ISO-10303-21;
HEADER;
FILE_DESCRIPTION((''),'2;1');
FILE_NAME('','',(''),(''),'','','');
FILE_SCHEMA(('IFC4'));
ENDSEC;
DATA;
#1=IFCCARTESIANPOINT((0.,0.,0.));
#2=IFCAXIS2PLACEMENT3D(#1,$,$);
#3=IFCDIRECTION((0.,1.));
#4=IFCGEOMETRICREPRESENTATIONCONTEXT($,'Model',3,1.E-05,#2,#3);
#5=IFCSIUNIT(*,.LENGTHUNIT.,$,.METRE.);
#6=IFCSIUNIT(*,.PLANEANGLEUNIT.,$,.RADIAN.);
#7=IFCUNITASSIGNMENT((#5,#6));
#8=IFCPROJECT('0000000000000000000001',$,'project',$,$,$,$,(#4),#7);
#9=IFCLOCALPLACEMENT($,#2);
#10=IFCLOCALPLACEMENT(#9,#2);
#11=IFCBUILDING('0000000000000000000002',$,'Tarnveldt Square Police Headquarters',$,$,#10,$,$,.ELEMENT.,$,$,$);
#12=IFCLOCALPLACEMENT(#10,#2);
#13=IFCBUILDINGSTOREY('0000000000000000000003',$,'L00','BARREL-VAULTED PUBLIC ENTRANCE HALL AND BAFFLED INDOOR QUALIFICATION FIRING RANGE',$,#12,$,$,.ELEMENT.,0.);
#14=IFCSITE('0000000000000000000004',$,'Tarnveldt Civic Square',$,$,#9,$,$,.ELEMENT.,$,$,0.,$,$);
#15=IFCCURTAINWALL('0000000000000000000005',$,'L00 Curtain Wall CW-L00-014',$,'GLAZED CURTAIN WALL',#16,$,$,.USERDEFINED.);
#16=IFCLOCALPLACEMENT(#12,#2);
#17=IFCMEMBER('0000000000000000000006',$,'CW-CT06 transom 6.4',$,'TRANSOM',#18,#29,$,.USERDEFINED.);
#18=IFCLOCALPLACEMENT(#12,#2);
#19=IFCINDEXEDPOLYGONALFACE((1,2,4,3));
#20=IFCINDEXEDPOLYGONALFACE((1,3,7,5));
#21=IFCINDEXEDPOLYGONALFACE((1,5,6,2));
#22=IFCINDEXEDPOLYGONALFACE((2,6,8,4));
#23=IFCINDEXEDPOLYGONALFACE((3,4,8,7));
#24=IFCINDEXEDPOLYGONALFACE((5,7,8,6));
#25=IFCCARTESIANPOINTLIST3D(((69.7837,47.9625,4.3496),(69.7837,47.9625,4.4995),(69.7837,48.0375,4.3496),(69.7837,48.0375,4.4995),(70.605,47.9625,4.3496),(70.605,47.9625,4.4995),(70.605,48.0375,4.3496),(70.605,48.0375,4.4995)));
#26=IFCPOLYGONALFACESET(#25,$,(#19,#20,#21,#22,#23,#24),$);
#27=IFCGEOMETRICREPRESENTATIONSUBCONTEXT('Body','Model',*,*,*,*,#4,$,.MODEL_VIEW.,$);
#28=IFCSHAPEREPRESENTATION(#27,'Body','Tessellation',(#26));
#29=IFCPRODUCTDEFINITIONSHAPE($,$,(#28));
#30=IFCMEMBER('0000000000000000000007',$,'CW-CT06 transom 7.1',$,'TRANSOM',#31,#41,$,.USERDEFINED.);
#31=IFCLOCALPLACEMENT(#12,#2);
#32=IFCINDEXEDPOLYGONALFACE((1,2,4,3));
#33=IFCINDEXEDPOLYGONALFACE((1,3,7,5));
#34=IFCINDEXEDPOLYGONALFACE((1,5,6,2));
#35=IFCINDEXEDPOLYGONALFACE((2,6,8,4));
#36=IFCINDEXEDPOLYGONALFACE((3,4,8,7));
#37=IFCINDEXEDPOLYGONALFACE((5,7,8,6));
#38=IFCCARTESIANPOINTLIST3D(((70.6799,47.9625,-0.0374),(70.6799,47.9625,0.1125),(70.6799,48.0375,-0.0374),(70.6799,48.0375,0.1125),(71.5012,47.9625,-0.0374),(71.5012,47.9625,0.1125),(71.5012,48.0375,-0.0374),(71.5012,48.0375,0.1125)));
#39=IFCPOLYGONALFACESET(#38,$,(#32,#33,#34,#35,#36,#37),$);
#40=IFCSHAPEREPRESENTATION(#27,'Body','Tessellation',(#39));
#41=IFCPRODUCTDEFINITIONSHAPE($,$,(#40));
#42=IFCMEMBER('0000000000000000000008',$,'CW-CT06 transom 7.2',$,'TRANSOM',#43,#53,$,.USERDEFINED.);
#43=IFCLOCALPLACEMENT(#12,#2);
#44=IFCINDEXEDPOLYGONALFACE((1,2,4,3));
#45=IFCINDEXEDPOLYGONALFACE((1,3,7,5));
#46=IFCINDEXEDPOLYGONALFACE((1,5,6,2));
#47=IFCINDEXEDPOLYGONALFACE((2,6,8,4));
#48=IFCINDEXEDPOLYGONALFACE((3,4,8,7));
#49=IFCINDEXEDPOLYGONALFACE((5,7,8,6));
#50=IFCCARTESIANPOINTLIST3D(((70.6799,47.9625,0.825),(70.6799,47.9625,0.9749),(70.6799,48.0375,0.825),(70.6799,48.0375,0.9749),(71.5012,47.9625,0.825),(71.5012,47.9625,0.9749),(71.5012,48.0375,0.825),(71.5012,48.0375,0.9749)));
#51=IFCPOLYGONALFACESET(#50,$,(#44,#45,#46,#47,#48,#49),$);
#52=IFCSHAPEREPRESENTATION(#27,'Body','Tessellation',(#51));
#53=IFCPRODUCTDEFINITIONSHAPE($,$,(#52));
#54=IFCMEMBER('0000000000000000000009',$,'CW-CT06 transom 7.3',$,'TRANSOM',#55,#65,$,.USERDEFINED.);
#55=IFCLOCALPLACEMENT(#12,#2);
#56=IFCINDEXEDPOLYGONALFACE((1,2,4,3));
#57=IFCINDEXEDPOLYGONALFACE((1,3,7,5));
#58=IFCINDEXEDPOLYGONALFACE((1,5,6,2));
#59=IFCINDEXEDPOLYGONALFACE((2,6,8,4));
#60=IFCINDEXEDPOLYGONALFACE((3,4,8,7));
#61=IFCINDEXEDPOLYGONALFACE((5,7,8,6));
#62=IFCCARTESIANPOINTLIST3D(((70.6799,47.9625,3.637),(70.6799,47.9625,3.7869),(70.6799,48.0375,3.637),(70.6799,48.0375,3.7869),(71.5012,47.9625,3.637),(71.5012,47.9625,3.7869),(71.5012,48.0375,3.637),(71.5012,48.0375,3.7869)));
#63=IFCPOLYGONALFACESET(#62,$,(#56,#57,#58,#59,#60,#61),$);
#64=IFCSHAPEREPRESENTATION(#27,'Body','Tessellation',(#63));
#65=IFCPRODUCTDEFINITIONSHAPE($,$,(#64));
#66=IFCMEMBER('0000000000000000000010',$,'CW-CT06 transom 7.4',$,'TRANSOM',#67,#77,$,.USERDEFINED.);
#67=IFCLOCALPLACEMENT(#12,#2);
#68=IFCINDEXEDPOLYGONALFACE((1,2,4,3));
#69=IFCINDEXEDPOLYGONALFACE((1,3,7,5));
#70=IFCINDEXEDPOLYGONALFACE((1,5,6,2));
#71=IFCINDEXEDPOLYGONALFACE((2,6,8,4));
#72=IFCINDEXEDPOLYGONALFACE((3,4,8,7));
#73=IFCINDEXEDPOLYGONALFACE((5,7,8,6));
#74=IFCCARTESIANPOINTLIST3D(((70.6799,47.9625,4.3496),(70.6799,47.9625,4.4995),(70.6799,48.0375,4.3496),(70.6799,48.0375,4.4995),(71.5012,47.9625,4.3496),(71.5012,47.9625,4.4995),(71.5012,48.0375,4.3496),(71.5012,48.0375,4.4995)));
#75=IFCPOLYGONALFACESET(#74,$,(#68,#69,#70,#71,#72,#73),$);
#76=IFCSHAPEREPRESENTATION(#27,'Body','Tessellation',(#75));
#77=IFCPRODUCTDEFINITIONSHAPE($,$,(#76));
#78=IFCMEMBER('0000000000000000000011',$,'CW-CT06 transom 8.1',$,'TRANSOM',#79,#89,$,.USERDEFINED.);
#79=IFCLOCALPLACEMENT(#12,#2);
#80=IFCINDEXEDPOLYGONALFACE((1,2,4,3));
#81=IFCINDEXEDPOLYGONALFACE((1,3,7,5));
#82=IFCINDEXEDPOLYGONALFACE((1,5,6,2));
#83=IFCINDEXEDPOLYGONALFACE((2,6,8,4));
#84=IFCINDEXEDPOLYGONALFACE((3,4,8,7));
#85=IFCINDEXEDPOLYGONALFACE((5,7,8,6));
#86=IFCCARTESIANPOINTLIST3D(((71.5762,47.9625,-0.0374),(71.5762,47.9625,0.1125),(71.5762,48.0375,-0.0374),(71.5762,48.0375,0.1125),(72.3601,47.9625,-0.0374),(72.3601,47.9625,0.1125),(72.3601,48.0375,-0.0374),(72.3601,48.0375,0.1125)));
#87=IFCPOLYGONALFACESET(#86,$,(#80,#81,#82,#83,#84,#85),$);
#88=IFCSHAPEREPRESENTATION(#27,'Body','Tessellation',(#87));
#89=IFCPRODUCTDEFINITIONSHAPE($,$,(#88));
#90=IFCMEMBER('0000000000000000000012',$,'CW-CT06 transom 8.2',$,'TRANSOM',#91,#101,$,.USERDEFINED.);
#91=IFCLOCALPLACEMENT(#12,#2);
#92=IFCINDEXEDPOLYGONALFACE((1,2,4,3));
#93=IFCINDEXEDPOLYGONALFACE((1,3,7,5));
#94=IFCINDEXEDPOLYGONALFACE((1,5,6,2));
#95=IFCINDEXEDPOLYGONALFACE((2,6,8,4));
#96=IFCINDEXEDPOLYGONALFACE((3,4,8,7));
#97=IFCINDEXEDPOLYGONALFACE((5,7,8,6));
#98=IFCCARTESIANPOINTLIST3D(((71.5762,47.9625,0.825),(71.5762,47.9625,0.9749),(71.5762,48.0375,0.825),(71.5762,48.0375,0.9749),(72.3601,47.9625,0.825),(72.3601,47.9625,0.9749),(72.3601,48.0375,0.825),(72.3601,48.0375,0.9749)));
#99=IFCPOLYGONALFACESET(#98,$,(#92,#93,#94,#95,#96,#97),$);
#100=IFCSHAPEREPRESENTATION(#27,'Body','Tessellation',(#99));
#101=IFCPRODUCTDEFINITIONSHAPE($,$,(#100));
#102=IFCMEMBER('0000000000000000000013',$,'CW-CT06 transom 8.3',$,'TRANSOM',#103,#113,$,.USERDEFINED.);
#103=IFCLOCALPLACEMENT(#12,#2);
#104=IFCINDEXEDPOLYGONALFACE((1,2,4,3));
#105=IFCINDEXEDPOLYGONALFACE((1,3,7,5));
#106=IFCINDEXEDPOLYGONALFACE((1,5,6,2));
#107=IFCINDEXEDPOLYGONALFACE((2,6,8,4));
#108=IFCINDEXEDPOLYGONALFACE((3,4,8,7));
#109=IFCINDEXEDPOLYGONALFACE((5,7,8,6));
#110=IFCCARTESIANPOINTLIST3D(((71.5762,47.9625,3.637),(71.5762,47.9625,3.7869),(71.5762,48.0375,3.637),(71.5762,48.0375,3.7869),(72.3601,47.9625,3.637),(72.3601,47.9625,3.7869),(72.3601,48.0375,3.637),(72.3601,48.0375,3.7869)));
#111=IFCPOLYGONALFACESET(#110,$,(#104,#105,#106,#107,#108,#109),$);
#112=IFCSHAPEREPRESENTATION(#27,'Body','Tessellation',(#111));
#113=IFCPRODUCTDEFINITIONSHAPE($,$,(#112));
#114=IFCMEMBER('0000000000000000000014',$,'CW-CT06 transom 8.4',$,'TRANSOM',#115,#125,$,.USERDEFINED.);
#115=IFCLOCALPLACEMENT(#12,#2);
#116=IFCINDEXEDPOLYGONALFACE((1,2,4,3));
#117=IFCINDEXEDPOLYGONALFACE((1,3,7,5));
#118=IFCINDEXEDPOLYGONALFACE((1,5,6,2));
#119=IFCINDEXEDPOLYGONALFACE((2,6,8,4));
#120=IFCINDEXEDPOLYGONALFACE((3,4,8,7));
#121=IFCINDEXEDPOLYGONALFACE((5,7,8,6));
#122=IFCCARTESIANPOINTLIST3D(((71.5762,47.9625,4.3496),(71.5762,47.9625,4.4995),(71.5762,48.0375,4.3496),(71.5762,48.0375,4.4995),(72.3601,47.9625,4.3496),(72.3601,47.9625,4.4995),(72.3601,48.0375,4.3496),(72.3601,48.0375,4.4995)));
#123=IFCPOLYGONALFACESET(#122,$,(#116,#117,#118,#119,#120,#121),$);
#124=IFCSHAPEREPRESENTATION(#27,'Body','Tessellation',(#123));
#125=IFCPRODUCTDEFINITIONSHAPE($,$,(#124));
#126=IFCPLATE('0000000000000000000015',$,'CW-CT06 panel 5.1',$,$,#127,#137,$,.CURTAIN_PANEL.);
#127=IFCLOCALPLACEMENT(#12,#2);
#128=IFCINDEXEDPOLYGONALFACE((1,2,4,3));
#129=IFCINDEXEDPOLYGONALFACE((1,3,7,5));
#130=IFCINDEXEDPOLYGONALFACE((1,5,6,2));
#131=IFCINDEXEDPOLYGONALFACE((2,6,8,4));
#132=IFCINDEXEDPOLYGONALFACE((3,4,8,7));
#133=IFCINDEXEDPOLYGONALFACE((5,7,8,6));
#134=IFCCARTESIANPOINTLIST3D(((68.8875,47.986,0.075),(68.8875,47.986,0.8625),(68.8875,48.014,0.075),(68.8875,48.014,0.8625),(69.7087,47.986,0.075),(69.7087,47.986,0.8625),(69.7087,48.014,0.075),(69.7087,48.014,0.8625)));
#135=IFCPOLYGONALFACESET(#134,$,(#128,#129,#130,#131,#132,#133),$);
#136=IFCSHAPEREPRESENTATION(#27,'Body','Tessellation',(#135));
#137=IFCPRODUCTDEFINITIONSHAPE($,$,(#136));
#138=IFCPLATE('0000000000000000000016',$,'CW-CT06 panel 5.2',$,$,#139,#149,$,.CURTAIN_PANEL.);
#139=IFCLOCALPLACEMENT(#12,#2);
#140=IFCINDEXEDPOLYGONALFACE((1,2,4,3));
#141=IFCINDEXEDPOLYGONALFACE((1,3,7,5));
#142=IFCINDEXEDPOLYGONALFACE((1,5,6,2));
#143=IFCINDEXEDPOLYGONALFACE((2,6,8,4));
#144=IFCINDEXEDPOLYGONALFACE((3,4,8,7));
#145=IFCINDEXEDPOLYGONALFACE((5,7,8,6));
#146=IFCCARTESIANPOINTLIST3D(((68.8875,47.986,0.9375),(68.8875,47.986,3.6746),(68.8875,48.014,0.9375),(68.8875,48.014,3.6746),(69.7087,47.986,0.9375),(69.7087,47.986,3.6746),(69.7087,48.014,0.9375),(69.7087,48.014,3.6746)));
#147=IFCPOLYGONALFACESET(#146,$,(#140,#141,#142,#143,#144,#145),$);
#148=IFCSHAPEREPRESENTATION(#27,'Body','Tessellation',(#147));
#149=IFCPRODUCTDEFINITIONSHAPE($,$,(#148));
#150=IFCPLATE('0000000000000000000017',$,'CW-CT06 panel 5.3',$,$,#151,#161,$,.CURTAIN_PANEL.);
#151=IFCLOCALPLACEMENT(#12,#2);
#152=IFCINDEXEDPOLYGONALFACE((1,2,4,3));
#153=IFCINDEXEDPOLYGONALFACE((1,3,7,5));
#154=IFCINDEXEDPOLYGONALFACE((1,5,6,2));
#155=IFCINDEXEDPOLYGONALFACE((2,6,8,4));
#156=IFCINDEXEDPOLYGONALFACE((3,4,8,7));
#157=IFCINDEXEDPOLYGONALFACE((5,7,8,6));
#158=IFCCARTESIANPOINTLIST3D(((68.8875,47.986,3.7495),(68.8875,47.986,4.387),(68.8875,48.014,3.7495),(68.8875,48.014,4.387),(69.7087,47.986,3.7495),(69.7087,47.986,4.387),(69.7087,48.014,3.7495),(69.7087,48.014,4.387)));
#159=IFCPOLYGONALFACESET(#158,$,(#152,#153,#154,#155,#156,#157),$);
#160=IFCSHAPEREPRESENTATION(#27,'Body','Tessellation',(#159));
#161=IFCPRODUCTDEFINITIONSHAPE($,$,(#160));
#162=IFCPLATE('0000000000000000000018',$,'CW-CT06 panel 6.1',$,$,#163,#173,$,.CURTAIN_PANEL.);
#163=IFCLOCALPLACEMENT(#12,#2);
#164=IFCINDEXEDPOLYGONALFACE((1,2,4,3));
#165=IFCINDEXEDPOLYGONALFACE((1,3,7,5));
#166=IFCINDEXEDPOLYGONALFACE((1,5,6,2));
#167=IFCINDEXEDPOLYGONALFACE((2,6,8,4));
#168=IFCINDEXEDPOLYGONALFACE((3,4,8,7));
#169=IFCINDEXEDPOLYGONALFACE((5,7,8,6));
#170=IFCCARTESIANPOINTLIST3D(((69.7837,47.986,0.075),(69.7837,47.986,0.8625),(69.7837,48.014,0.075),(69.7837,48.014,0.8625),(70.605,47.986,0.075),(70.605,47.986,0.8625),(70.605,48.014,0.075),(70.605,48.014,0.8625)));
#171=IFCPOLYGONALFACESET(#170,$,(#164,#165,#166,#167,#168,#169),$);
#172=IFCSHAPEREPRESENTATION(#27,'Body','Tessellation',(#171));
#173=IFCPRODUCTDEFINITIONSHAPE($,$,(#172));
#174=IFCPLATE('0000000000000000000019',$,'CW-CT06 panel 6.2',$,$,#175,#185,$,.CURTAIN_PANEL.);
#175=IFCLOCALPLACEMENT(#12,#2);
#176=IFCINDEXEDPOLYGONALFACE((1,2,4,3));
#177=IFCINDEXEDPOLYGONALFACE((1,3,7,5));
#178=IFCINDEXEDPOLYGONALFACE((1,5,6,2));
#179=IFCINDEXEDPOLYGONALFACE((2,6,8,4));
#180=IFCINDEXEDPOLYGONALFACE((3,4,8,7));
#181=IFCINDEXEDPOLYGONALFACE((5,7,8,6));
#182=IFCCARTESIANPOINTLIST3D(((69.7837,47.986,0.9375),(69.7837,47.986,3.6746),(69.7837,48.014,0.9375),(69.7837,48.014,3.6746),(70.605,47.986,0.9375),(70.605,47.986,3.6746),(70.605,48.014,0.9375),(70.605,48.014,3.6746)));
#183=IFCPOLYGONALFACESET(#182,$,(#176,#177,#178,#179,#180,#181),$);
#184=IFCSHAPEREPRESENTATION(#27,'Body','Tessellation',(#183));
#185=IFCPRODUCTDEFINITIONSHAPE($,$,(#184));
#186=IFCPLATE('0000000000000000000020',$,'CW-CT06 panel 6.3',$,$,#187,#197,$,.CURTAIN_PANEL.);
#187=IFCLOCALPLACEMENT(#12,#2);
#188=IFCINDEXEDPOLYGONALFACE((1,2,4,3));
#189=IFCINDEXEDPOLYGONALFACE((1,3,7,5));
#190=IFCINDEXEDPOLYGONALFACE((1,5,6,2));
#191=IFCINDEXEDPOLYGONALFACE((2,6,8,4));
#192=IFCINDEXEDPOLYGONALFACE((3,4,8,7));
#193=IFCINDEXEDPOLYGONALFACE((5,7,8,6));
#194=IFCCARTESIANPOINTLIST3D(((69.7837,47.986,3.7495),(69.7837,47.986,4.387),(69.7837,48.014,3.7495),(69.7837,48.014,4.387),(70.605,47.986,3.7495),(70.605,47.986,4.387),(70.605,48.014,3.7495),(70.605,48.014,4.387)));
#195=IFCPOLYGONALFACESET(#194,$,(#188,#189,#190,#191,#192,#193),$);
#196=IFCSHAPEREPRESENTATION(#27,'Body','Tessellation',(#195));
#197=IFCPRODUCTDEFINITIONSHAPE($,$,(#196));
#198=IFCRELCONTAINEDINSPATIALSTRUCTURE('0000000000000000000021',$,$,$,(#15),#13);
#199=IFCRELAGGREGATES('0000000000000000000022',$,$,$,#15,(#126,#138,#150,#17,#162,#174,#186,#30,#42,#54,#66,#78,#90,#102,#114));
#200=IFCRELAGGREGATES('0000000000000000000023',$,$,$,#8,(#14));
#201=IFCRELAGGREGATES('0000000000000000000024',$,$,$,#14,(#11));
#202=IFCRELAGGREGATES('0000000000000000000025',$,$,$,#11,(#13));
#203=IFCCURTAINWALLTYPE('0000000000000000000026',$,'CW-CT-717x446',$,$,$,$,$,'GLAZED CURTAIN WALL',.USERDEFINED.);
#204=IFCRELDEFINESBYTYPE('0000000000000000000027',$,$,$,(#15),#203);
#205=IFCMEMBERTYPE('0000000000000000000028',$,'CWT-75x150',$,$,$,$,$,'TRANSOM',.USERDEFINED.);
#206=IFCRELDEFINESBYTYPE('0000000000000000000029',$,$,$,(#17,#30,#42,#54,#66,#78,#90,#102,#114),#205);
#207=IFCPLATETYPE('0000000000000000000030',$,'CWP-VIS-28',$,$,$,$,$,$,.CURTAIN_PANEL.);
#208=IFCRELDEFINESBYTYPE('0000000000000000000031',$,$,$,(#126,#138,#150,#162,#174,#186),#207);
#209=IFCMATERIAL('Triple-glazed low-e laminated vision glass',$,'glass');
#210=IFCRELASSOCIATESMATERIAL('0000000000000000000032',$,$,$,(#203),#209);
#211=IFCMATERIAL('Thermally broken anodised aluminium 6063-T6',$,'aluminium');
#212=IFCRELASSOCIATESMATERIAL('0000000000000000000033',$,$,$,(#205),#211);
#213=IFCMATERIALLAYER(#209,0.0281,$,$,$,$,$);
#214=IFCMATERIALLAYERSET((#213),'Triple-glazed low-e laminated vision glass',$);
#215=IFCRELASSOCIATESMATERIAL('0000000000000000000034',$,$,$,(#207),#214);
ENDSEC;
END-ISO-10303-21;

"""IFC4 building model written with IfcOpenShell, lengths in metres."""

from ifc_helpers import new_model, si_unit, direction, frame, origin, origin_2d, place, context, subcontext, project, spatial, rectangle, extrude, material, layer, layer_set, material_profile, profile_set, type_object, element, aggregate, save


model = new_model("IFC4")

# Units and contexts
model_context = context("Model", 3, precision=1e-05, world=origin(), true_north=direction((0.0, 1.0)))
body_context = subcontext(model_context, "Body", "Model", "MODEL_VIEW")
ifc_project = project(units=[si_unit("LENGTHUNIT", "METRE"), si_unit("PLANEANGLEUNIT", "RADIAN")], contexts=[model_context])

# Site, building, storey
site_placement = place(None, origin())
site = spatial("IfcSite", under=ifc_project, at=site_placement, Name="Tarnveldt Civic Square", CompositionType="ELEMENT", RefElevation=0.0)
building_placement = place(site_placement, origin())
building = spatial("IfcBuilding", under=site, at=building_placement, Name="Tarnveldt Square Police Headquarters", CompositionType="ELEMENT")
storey_placement = place(building_placement, origin())
storey = spatial("IfcBuildingStorey", under=building, at=storey_placement, Name="L00", Description="BARREL-VAULTED PUBLIC ENTRANCE HALL AND BAFFLED INDOOR QUALIFICATION FIRING RANGE", CompositionType="ELEMENT", Elevation=0.0)

# Curtain wall
ifc_material_1 = material(Name="Triple-glazed low-e laminated vision glass", Category="glass")
curtain_wall_type_1 = type_object("IfcCurtainWallType", Name="CW-CT-717x446", ElementType="GLAZED CURTAIN WALL", PredefinedType="USERDEFINED", material=ifc_material_1)
curtain_wall_1_placement = place(storey_placement, origin())
curtain_wall_1 = element("IfcCurtainWall", 1, at=curtain_wall_1_placement, inside=storey, type_object=curtain_wall_type_1, Name="L00 Curtain Wall CW-L00-014", ObjectType="GLAZED CURTAIN WALL", PredefinedType="USERDEFINED")
ifc_material_2 = material(Name="Thermally broken anodised aluminium 6063-T6", Category="aluminium")

# Members
ifc_material_profile_1 = material_profile(ifc_material_2, rectangle(XDim=0.075, YDim=0.1499, at=origin_2d()), Name="CW-T75x150")
ifc_profile_set_1 = profile_set([ifc_material_profile_1], Name="Thermally broken anodised aluminium 6063-T6")
member_type_1 = type_object("IfcMemberType", Name="CWT-75x150", ElementType="TRANSOM", PredefinedType="USERDEFINED", material=ifc_profile_set_1)
member_1_placement = place(storey_placement, frame((69.7837, 48.0, 4.4246), z_axis=(1.0, 0.0, 0.0), x_axis=(0.0, 1.0, 0.0)))
member_1 = element("IfcMember", 2, at=member_1_placement, type_object=member_type_1, Name="CW-CT06 transom 6.4", ObjectType="TRANSOM", PredefinedType="USERDEFINED", context=body_context, shape_type="SweptSolid", body=[
    extrude(rectangle(XDim=0.075, YDim=0.1499, at=origin_2d()), origin(), (0.0, 0.0, 1.0), 0.8213),
])
member_2_placement = place(storey_placement, frame((70.6799, 48.0, 0.0376), z_axis=(1.0, 0.0, 0.0), x_axis=(0.0, 1.0, 0.0)))
member_2 = element("IfcMember", 3, at=member_2_placement, type_object=member_type_1, Name="CW-CT06 transom 7.1", ObjectType="TRANSOM", PredefinedType="USERDEFINED", context=body_context, shape_type="SweptSolid", body=[
    extrude(rectangle(XDim=0.075, YDim=0.1499, at=origin_2d()), origin(), (0.0, 0.0, 1.0), 0.8213),
])
member_3_placement = place(storey_placement, frame((70.6799, 48.0, 0.8999), z_axis=(1.0, 0.0, 0.0), x_axis=(0.0, 1.0, 0.0)))
member_3 = element("IfcMember", 4, at=member_3_placement, type_object=member_type_1, Name="CW-CT06 transom 7.2", ObjectType="TRANSOM", PredefinedType="USERDEFINED", context=body_context, shape_type="SweptSolid", body=[
    extrude(rectangle(XDim=0.075, YDim=0.1499, at=origin_2d()), origin(), (0.0, 0.0, 1.0), 0.8213),
])
member_4_placement = place(storey_placement, frame((70.6799, 48.0, 3.7119), z_axis=(1.0, 0.0, 0.0), x_axis=(0.0, 1.0, 0.0)))
member_4 = element("IfcMember", 5, at=member_4_placement, type_object=member_type_1, Name="CW-CT06 transom 7.3", ObjectType="TRANSOM", PredefinedType="USERDEFINED", context=body_context, shape_type="SweptSolid", body=[
    extrude(rectangle(XDim=0.075, YDim=0.1499, at=origin_2d()), origin(), (0.0, 0.0, 1.0), 0.8213),
])
member_5_placement = place(storey_placement, frame((70.6799, 48.0, 4.4246), z_axis=(1.0, 0.0, 0.0), x_axis=(0.0, 1.0, 0.0)))
member_5 = element("IfcMember", 6, at=member_5_placement, type_object=member_type_1, Name="CW-CT06 transom 7.4", ObjectType="TRANSOM", PredefinedType="USERDEFINED", context=body_context, shape_type="SweptSolid", body=[
    extrude(rectangle(XDim=0.075, YDim=0.1499, at=origin_2d()), origin(), (0.0, 0.0, 1.0), 0.8213),
])
member_6_placement = place(storey_placement, frame((71.5762, 48.0, 0.0376), z_axis=(1.0, 0.0, 0.0), x_axis=(0.0, 1.0, 0.0)))
member_6 = element("IfcMember", 7, at=member_6_placement, type_object=member_type_1, Name="CW-CT06 transom 8.1", ObjectType="TRANSOM", PredefinedType="USERDEFINED", context=body_context, shape_type="SweptSolid", body=[
    extrude(rectangle(XDim=0.075, YDim=0.1499, at=origin_2d()), origin(), (0.0, 0.0, 1.0), 0.7839),
])
member_7_placement = place(storey_placement, frame((71.5762, 48.0, 0.8999), z_axis=(1.0, 0.0, 0.0), x_axis=(0.0, 1.0, 0.0)))
member_7 = element("IfcMember", 8, at=member_7_placement, type_object=member_type_1, Name="CW-CT06 transom 8.2", ObjectType="TRANSOM", PredefinedType="USERDEFINED", context=body_context, shape_type="SweptSolid", body=[
    extrude(rectangle(XDim=0.075, YDim=0.1499, at=origin_2d()), origin(), (0.0, 0.0, 1.0), 0.7839),
])
member_8_placement = place(storey_placement, frame((71.5762, 48.0, 3.7119), z_axis=(1.0, 0.0, 0.0), x_axis=(0.0, 1.0, 0.0)))
member_8 = element("IfcMember", 9, at=member_8_placement, type_object=member_type_1, Name="CW-CT06 transom 8.3", ObjectType="TRANSOM", PredefinedType="USERDEFINED", context=body_context, shape_type="SweptSolid", body=[
    extrude(rectangle(XDim=0.075, YDim=0.1499, at=origin_2d()), origin(), (0.0, 0.0, 1.0), 0.7839),
])
member_9_placement = place(storey_placement, frame((71.5762, 48.0, 4.4246), z_axis=(1.0, 0.0, 0.0), x_axis=(0.0, 1.0, 0.0)))
member_9 = element("IfcMember", 10, at=member_9_placement, type_object=member_type_1, Name="CW-CT06 transom 8.4", ObjectType="TRANSOM", PredefinedType="USERDEFINED", context=body_context, shape_type="SweptSolid", body=[
    extrude(rectangle(XDim=0.075, YDim=0.1499, at=origin_2d()), origin(), (0.0, 0.0, 1.0), 0.7839),
])

# Plates
ifc_layer = layer(ifc_material_1, 0.0281)
ifc_layer_set = layer_set([ifc_layer], Name="Triple-glazed low-e laminated vision glass")
plate_type = type_object("IfcPlateType", Name="CWP-VIS-28", PredefinedType="CURTAIN_PANEL", material=ifc_layer_set)
plate_1_placement = place(storey_placement, frame((69.2981, 48.0, 0.075), z_axis=(0.0, 0.0, 1.0), x_axis=(1.0, 0.0, 0.0)))
plate_1 = element("IfcPlate", 11, at=plate_1_placement, type_object=plate_type, Name="CW-CT06 panel 5.1", PredefinedType="CURTAIN_PANEL", context=body_context, shape_type="SweptSolid", body=[
    extrude(rectangle(XDim=0.8213, YDim=0.0281, at=origin_2d()), origin(), (0.0, 0.0, 1.0), 0.7876),
])
plate_2_placement = place(storey_placement, frame((69.2981, 48.0, 0.9375), z_axis=(0.0, 0.0, 1.0), x_axis=(1.0, 0.0, 0.0)))
plate_2 = element("IfcPlate", 12, at=plate_2_placement, type_object=plate_type, Name="CW-CT06 panel 5.2", PredefinedType="CURTAIN_PANEL", context=body_context, shape_type="SweptSolid", body=[
    extrude(rectangle(XDim=0.8213, YDim=0.0281, at=origin_2d()), origin(), (0.0, 0.0, 1.0), 2.7371),
])
plate_3_placement = place(storey_placement, frame((69.2981, 48.0, 3.7495), z_axis=(0.0, 0.0, 1.0), x_axis=(1.0, 0.0, 0.0)))
plate_3 = element("IfcPlate", 13, at=plate_3_placement, type_object=plate_type, Name="CW-CT06 panel 5.3", PredefinedType="CURTAIN_PANEL", context=body_context, shape_type="SweptSolid", body=[
    extrude(rectangle(XDim=0.8213, YDim=0.0281, at=origin_2d()), origin(), (0.0, 0.0, 1.0), 0.6375),
])
plate_4_placement = place(storey_placement, frame((70.1943, 48.0, 0.075), z_axis=(0.0, 0.0, 1.0), x_axis=(1.0, 0.0, 0.0)))
plate_4 = element("IfcPlate", 14, at=plate_4_placement, type_object=plate_type, Name="CW-CT06 panel 6.1", PredefinedType="CURTAIN_PANEL", context=body_context, shape_type="SweptSolid", body=[
    extrude(rectangle(XDim=0.8213, YDim=0.0281, at=origin_2d()), origin(), (0.0, 0.0, 1.0), 0.7876),
])
plate_5_placement = place(storey_placement, frame((70.1943, 48.0, 0.9375), z_axis=(0.0, 0.0, 1.0), x_axis=(1.0, 0.0, 0.0)))
plate_5 = element("IfcPlate", 15, at=plate_5_placement, type_object=plate_type, Name="CW-CT06 panel 6.2", PredefinedType="CURTAIN_PANEL", context=body_context, shape_type="SweptSolid", body=[
    extrude(rectangle(XDim=0.8213, YDim=0.0281, at=origin_2d()), origin(), (0.0, 0.0, 1.0), 2.7371),
])
plate_6_placement = place(storey_placement, frame((70.1943, 48.0, 3.7495), z_axis=(0.0, 0.0, 1.0), x_axis=(1.0, 0.0, 0.0)))
plate_6 = element("IfcPlate", 16, at=plate_6_placement, type_object=plate_type, Name="CW-CT06 panel 6.3", PredefinedType="CURTAIN_PANEL", context=body_context, shape_type="SweptSolid", body=[
    extrude(rectangle(XDim=0.8213, YDim=0.0281, at=origin_2d()), origin(), (0.0, 0.0, 1.0), 0.6375),
])
aggregate(curtain_wall_1, [plate_1, plate_2, plate_3, member_1, plate_4, plate_5, plate_6, member_2, member_3, member_4, member_5, member_6, member_7, member_8, member_9])

save(model, "model.ifc")
